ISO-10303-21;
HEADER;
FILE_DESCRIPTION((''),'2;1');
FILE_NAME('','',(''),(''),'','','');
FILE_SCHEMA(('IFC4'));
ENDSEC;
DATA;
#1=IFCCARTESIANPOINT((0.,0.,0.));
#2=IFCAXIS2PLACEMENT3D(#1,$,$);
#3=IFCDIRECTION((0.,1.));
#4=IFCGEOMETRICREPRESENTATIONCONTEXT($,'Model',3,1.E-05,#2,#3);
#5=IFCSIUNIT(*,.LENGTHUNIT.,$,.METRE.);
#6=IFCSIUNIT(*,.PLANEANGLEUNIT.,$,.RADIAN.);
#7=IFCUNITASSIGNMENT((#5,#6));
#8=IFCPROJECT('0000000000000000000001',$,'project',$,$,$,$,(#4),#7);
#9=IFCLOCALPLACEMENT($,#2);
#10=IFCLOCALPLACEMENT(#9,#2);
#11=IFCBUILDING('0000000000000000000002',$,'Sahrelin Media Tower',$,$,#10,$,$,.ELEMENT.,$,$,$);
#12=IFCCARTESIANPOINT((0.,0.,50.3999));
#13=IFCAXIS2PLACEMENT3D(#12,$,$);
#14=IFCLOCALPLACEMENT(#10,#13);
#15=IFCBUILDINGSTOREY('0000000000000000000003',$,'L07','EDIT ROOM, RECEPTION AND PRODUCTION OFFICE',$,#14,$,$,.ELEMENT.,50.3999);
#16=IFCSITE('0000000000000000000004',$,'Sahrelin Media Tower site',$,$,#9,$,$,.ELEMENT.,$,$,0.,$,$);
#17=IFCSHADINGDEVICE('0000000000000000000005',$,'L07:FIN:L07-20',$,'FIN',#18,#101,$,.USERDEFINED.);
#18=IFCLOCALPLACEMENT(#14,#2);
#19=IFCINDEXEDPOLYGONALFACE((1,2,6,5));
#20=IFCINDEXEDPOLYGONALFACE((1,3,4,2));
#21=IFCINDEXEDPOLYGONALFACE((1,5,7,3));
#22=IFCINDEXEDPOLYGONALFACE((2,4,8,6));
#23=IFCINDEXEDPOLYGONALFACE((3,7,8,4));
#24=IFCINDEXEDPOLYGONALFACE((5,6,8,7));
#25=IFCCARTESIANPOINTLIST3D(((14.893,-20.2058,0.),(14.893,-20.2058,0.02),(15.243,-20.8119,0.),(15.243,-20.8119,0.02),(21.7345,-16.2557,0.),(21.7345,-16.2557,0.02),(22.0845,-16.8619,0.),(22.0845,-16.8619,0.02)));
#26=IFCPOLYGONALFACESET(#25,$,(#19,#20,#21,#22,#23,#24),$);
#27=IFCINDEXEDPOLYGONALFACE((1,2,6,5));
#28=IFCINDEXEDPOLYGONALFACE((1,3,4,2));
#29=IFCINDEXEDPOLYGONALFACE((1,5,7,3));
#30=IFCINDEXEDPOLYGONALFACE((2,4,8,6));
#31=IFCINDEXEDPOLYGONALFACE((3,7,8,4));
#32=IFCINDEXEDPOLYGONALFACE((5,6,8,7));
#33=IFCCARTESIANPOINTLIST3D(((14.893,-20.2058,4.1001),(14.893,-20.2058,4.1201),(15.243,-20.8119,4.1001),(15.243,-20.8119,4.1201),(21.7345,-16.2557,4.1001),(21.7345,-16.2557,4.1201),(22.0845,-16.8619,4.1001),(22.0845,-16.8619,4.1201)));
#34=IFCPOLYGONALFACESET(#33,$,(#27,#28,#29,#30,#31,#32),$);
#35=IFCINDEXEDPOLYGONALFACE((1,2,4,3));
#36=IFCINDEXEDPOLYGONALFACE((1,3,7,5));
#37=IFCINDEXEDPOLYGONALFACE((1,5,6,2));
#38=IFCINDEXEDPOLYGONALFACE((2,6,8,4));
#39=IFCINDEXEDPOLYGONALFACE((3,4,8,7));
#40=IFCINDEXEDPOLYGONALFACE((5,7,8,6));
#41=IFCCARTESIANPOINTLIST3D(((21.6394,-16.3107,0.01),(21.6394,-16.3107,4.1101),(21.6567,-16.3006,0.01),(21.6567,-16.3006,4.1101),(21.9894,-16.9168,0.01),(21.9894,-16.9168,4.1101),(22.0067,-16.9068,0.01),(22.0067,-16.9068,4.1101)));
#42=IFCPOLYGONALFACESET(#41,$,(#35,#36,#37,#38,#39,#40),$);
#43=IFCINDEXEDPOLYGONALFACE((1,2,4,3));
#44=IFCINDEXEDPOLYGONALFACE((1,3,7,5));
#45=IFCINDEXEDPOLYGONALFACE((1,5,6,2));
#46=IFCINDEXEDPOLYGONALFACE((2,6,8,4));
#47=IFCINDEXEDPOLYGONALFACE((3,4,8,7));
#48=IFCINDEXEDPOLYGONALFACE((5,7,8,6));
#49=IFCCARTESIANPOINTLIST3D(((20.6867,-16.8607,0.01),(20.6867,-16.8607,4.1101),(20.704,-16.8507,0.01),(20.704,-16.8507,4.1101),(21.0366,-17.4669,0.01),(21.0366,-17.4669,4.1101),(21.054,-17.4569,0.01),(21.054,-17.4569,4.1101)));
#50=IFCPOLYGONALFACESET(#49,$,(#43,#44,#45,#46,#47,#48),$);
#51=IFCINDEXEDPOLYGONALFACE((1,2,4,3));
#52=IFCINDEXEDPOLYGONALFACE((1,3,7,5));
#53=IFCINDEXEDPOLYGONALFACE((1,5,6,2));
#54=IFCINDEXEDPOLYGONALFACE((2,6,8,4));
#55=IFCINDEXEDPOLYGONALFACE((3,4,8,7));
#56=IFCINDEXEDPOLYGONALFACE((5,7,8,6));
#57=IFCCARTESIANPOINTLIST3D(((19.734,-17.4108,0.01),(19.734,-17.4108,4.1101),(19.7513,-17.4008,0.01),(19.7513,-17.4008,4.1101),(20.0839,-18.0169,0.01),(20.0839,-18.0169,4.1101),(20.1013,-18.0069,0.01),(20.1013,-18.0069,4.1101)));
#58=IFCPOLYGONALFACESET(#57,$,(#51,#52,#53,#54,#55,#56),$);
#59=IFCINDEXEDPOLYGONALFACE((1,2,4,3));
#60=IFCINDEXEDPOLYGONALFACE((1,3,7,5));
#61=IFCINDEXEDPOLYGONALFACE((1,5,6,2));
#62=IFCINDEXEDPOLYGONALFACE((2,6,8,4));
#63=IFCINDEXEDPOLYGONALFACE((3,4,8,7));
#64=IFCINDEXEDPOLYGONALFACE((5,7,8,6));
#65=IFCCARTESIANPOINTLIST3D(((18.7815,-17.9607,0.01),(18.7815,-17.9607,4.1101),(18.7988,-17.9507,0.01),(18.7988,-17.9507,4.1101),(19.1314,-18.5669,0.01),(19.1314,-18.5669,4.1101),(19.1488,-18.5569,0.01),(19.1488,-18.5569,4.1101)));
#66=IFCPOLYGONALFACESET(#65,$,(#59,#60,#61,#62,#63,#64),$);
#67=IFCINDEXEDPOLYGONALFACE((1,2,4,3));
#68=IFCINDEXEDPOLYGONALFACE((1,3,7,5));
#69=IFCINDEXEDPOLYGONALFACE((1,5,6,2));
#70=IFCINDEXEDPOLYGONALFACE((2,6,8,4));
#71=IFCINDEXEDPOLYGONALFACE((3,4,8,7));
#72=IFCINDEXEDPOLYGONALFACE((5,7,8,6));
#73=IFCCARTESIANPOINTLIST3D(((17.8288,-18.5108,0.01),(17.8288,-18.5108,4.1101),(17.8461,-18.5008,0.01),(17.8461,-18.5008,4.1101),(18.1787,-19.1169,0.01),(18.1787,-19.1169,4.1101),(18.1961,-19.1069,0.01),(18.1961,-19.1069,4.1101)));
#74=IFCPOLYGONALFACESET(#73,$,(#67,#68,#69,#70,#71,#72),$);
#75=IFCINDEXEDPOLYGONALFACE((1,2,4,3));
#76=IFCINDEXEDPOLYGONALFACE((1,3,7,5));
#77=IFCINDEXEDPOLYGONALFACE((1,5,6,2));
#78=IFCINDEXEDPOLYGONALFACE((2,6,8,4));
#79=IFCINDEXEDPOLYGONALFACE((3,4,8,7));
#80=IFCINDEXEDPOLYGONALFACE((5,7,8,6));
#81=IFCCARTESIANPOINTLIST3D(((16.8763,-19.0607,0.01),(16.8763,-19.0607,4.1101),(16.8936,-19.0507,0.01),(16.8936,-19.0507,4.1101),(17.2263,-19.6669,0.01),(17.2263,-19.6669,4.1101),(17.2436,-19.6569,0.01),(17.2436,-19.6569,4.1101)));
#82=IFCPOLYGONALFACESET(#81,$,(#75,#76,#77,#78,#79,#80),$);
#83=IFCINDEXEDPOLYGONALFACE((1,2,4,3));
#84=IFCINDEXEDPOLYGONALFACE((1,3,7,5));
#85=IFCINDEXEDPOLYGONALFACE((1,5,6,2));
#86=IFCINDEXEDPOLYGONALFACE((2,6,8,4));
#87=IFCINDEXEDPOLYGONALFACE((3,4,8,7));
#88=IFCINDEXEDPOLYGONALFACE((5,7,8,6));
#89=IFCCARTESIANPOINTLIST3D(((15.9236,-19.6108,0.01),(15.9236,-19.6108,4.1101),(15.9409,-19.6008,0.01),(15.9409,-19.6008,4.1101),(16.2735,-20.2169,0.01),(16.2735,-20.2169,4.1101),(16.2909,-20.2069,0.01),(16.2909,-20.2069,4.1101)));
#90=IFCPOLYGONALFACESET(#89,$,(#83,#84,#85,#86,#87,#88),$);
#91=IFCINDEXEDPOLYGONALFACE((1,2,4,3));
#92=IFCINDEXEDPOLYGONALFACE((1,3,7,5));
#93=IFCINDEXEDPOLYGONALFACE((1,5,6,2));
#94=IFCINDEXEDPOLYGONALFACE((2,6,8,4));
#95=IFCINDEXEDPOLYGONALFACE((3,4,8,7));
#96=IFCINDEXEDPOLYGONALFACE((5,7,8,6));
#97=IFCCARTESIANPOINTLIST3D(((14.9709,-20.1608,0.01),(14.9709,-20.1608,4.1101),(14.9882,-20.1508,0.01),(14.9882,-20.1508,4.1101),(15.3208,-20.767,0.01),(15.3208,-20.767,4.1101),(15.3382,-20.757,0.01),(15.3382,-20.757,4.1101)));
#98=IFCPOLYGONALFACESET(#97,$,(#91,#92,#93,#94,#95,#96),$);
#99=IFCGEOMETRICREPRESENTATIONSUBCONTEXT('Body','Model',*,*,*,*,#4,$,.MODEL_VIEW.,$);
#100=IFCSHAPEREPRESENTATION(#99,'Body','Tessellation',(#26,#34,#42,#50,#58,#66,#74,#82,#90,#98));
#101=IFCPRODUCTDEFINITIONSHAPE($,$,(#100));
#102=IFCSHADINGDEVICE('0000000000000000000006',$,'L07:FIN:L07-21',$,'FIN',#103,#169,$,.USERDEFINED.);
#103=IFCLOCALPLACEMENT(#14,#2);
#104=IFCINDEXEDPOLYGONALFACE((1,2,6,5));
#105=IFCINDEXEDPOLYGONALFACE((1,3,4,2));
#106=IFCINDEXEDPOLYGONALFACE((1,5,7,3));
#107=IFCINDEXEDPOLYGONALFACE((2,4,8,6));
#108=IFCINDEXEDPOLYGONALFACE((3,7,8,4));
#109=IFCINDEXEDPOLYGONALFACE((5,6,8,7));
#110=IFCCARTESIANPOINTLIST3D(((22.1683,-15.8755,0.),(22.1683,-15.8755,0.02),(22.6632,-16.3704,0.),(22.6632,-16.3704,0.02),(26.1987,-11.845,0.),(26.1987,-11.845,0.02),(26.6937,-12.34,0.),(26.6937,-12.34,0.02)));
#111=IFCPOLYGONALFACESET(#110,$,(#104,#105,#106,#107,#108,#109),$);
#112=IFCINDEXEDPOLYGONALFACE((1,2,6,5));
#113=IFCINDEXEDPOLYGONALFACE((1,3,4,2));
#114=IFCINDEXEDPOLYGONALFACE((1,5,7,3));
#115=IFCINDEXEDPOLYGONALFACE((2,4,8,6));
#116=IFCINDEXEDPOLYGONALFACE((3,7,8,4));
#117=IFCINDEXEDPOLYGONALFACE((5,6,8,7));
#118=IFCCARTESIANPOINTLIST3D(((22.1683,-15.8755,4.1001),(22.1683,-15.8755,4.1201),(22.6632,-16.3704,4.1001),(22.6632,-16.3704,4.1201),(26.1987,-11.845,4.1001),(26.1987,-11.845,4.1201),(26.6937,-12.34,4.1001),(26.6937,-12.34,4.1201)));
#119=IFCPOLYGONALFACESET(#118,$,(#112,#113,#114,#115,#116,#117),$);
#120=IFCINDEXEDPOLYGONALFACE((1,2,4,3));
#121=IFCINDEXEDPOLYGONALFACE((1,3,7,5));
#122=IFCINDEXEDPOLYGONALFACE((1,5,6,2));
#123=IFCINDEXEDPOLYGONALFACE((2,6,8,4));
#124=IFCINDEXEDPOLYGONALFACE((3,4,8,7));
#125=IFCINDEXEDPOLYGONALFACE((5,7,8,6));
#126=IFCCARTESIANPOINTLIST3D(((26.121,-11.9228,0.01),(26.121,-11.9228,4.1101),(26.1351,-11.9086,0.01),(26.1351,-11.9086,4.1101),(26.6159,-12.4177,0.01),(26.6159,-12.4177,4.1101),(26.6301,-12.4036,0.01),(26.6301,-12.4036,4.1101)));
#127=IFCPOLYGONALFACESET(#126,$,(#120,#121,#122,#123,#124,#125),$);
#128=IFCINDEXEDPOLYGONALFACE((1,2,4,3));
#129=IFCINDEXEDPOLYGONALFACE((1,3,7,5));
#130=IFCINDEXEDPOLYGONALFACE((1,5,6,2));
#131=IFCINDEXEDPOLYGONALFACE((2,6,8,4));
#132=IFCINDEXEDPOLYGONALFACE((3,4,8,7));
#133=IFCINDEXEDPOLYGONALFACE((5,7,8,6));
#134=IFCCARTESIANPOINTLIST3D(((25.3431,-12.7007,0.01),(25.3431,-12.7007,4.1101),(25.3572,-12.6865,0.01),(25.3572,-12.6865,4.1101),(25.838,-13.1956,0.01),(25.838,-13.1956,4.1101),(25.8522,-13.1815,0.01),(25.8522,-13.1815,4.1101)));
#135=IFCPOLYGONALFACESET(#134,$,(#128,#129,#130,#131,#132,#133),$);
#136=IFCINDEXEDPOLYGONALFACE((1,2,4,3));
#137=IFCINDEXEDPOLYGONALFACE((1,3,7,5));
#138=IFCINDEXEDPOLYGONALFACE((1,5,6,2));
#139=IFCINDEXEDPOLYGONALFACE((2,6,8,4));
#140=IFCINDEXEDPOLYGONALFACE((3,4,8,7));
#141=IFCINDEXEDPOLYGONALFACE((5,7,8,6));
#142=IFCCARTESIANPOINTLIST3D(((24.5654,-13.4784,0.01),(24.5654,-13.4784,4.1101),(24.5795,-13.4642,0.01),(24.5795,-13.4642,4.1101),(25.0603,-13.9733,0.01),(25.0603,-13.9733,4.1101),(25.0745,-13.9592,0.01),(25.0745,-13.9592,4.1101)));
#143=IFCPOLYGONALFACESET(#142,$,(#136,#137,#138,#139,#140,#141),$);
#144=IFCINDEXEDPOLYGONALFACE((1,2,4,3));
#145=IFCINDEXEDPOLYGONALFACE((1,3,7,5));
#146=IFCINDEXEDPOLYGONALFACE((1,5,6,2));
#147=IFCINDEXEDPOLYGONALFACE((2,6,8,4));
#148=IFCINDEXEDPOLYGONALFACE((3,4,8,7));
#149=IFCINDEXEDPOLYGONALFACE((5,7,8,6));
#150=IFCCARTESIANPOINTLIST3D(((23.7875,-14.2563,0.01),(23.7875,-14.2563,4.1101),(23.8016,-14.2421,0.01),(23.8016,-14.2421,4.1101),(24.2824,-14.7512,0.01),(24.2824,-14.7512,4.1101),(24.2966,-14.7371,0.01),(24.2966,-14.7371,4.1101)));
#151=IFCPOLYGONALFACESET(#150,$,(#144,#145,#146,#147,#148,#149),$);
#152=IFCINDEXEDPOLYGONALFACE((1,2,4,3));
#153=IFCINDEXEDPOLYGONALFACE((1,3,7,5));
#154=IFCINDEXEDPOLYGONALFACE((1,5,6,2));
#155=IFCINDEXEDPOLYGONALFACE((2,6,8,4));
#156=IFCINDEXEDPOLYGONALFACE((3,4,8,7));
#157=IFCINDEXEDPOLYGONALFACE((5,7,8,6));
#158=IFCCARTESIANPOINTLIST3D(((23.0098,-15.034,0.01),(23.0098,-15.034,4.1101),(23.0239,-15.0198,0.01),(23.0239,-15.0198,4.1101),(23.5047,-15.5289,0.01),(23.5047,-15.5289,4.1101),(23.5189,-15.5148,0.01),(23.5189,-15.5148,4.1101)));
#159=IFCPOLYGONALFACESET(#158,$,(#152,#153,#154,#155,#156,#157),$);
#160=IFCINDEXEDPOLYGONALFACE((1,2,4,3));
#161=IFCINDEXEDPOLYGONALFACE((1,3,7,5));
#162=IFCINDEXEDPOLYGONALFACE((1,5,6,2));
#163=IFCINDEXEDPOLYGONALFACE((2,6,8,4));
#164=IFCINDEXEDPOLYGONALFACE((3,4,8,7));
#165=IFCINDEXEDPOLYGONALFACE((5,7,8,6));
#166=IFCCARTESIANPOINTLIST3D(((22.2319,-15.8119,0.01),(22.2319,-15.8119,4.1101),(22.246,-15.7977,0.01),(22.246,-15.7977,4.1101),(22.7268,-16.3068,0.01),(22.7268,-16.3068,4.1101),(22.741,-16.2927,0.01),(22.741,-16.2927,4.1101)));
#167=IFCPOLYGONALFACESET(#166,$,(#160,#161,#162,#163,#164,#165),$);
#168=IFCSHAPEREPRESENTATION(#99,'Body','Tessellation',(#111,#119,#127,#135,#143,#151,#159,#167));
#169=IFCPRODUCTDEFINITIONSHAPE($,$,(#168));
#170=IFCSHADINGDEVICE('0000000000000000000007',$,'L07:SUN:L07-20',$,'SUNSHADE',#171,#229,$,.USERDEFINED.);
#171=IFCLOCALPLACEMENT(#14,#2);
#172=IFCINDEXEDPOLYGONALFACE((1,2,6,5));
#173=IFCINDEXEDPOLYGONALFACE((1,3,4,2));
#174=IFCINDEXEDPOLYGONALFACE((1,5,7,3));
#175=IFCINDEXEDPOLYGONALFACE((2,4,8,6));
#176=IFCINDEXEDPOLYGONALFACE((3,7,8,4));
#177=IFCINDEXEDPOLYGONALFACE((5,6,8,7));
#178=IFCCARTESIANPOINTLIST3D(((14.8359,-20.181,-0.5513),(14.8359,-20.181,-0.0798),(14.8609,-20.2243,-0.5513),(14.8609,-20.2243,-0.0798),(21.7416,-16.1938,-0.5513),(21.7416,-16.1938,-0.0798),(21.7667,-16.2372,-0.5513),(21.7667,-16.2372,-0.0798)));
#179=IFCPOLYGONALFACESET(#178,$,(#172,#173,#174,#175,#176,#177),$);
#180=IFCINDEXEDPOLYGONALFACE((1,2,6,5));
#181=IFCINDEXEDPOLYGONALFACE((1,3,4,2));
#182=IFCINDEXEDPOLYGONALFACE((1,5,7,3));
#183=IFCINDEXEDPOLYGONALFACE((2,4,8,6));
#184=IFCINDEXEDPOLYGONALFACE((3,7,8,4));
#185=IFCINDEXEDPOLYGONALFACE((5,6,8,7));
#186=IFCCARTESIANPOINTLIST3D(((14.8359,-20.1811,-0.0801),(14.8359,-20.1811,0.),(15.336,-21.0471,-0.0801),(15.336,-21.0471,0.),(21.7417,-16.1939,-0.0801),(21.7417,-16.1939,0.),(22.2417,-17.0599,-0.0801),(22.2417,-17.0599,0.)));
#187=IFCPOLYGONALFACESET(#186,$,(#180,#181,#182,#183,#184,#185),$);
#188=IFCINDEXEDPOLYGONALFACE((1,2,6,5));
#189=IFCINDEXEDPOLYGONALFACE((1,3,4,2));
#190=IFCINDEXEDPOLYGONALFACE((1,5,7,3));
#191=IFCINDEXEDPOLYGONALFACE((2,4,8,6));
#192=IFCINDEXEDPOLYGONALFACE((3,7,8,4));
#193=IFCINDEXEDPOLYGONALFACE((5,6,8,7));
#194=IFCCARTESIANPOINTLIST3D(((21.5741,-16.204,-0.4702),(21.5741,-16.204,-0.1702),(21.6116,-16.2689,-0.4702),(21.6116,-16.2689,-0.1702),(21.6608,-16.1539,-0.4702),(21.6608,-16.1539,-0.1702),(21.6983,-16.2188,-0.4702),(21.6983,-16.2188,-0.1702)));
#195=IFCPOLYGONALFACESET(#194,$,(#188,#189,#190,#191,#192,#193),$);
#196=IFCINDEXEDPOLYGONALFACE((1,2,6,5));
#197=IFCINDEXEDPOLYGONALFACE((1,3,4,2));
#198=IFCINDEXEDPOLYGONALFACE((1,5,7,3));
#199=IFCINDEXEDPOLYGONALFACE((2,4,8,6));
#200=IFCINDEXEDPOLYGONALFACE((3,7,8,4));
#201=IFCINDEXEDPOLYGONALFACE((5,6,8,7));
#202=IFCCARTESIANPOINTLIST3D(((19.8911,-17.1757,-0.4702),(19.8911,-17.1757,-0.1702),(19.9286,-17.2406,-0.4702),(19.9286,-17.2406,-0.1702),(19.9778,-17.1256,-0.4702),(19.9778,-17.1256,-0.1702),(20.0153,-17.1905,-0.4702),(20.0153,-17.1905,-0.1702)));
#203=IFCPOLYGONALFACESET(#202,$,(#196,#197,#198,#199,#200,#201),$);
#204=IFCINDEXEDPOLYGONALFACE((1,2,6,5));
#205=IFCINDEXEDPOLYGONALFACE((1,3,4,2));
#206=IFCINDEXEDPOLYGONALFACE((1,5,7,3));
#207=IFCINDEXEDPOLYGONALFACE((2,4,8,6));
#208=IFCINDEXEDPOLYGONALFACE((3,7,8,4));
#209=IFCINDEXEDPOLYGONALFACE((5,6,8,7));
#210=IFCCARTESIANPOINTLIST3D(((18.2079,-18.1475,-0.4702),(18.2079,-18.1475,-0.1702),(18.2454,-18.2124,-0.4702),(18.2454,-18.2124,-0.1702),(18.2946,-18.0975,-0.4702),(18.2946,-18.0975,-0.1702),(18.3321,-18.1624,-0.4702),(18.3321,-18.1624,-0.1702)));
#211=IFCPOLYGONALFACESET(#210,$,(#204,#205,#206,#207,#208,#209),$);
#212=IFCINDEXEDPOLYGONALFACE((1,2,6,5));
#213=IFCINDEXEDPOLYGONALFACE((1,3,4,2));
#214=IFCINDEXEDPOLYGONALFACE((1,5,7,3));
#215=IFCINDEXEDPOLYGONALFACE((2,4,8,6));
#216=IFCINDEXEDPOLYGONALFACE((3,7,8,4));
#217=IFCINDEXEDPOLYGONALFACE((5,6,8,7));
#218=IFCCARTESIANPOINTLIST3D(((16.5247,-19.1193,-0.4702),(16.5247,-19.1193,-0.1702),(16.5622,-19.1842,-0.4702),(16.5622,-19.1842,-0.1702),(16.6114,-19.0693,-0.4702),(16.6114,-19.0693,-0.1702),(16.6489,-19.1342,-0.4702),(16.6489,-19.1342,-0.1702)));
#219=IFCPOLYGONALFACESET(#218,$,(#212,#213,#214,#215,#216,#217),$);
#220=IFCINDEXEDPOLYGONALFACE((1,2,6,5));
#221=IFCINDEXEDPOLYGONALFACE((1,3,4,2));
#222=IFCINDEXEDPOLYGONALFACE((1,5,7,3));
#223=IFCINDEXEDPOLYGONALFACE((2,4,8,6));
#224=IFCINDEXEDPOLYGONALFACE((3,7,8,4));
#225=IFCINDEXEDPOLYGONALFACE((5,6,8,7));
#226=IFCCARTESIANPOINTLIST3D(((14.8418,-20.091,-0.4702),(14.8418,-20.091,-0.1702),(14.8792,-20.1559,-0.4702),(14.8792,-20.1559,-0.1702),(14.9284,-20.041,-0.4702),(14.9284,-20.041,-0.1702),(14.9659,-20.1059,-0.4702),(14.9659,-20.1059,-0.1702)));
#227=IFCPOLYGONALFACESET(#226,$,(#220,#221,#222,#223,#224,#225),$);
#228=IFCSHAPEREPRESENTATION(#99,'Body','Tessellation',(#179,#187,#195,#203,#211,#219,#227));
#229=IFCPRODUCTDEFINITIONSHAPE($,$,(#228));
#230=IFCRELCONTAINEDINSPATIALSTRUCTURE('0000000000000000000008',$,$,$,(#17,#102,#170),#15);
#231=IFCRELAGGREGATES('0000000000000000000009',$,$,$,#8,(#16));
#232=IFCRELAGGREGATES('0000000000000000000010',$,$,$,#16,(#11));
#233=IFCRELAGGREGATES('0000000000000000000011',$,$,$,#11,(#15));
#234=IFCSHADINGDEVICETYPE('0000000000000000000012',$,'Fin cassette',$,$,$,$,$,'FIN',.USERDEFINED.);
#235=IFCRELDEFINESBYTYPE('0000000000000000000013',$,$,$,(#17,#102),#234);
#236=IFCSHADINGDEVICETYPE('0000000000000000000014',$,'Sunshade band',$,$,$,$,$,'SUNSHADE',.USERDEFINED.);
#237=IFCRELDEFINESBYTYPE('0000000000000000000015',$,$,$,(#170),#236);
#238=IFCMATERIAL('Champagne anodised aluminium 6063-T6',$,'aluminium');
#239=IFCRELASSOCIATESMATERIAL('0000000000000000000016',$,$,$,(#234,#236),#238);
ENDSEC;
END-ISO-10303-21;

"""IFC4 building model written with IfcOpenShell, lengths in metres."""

from ifc_helpers import new_model, si_unit, direction, frame, origin, origin_2d, place, context, subcontext, project, spatial, rectangle, extrude, material, type_object, element, save


model = new_model("IFC4")

# Units and contexts
model_context = context("Model", 3, precision=1e-05, world=origin(), true_north=direction((0.0, 1.0)))
body_context = subcontext(model_context, "Body", "Model", "MODEL_VIEW")
ifc_project = project(units=[si_unit("LENGTHUNIT", "METRE"), si_unit("PLANEANGLEUNIT", "RADIAN")], contexts=[model_context])

# Site, building, storey
site_placement = place(None, origin())
site = spatial("IfcSite", under=ifc_project, at=site_placement, Name="Sahrelin Media Tower site", CompositionType="ELEMENT", RefElevation=0.0)
building_placement = place(site_placement, origin())
building = spatial("IfcBuilding", under=site, at=building_placement, Name="Sahrelin Media Tower", CompositionType="ELEMENT")
storey_placement = place(building_placement, frame((0.0, 0.0, 50.3999)))
storey = spatial("IfcBuildingStorey", under=building, at=storey_placement, Name="L07", Description="EDIT ROOM, RECEPTION AND PRODUCTION OFFICE", CompositionType="ELEMENT", Elevation=50.3999)

# Shared definitions
ifc_material_1 = material(Name="Champagne anodised aluminium 6063-T6", Category="aluminium")

# Shading devices
shading_device_type_1 = type_object("IfcShadingDeviceType", Name="Fin cassette", ElementType="FIN", PredefinedType="USERDEFINED", material=ifc_material_1)
placement_1 = place(storey_placement, frame((18.2788, -18.1702, 0.0), z_axis=(0.0, 0.0, 1.0), x_axis=(-0.866019, -0.500011, 0.0)))
element("IfcShadingDevice", 1, at=placement_1, inside=storey, type_object=shading_device_type_1, Name="L07:FIN:L07-20", ObjectType="FIN", PredefinedType="USERDEFINED", context=body_context, shape_type="SweptSolid", body=[
    extrude(rectangle(XDim=7.8999, YDim=0.7, at=origin_2d()), frame((0.0, 0.4199, 0.0)), (0.0, 0.0, 1.0), 0.02),
    extrude(rectangle(XDim=7.8999, YDim=0.7, at=origin_2d()), frame((0.0, 0.4199, 4.1001)), (0.0, 0.0, 1.0), 0.02),
    extrude(rectangle(XDim=0.02, YDim=0.7, at=origin_2d()), frame((-3.8501, 0.4199, 0.01), z_axis=(0.0, 0.0, 1.0), x_axis=(1.0, 0.0, 0.0)), (0.0, 0.0, 1.0), 4.1001),
    extrude(rectangle(XDim=0.02, YDim=0.7, at=origin_2d()), frame((-2.75, 0.4199, 0.01), z_axis=(0.0, 0.0, 1.0), x_axis=(1.0, 0.0, 0.0)), (0.0, 0.0, 1.0), 4.1001),
    extrude(rectangle(XDim=0.02, YDim=0.7, at=origin_2d()), frame((-1.6499, 0.4199, 0.01), z_axis=(0.0, 0.0, 1.0), x_axis=(1.0, 0.0, 0.0)), (0.0, 0.0, 1.0), 4.1001),
    extrude(rectangle(XDim=0.02, YDim=0.7, at=origin_2d()), frame((-0.55, 0.4199, 0.01), z_axis=(0.0, 0.0, 1.0), x_axis=(1.0, 0.0, 0.0)), (0.0, 0.0, 1.0), 4.1001),
    extrude(rectangle(XDim=0.02, YDim=0.7, at=origin_2d()), frame((0.55, 0.4199, 0.01), z_axis=(0.0, 0.0, 1.0), x_axis=(1.0, 0.0, 0.0)), (0.0, 0.0, 1.0), 4.1001),
    extrude(rectangle(XDim=0.02, YDim=0.7, at=origin_2d()), frame((1.6499, 0.4199, 0.01), z_axis=(0.0, 0.0, 1.0), x_axis=(1.0, 0.0, 0.0)), (0.0, 0.0, 1.0), 4.1001),
    extrude(rectangle(XDim=0.02, YDim=0.7, at=origin_2d()), frame((2.75, 0.4199, 0.01), z_axis=(0.0, 0.0, 1.0), x_axis=(1.0, 0.0, 0.0)), (0.0, 0.0, 1.0), 4.1001),
    extrude(rectangle(XDim=0.02, YDim=0.7, at=origin_2d()), frame((3.8501, 0.4199, 0.01), z_axis=(0.0, 0.0, 1.0), x_axis=(1.0, 0.0, 0.0)), (0.0, 0.0, 1.0), 4.1001),
])
placement_2 = place(storey_placement, frame((24.134, -13.8108, 0.0), z_axis=(0.0, 0.0, 1.0), x_axis=(-0.707107, -0.707107, 0.0)))
element("IfcShadingDevice", 2, at=placement_2, inside=storey, type_object=shading_device_type_1, Name="L07:FIN:L07-21", ObjectType="FIN", PredefinedType="USERDEFINED", context=body_context, shape_type="SweptSolid", body=[
    extrude(rectangle(XDim=5.7, YDim=0.7, at=origin_2d()), frame((0.0, 0.4199, 0.0)), (0.0, 0.0, 1.0), 0.02),
    extrude(rectangle(XDim=5.7, YDim=0.7, at=origin_2d()), frame((0.0, 0.4199, 4.1001)), (0.0, 0.0, 1.0), 0.02),
    extrude(rectangle(XDim=0.02, YDim=0.7, at=origin_2d()), frame((-2.75, 0.4199, 0.01), z_axis=(0.0, 0.0, 1.0), x_axis=(1.0, 0.0, 0.0)), (0.0, 0.0, 1.0), 4.1001),
    extrude(rectangle(XDim=0.02, YDim=0.7, at=origin_2d()), frame((-1.6499, 0.4199, 0.01), z_axis=(0.0, 0.0, 1.0), x_axis=(1.0, 0.0, 0.0)), (0.0, 0.0, 1.0), 4.1001),
    extrude(rectangle(XDim=0.02, YDim=0.7, at=origin_2d()), frame((-0.55, 0.4199, 0.01), z_axis=(0.0, 0.0, 1.0), x_axis=(1.0, 0.0, 0.0)), (0.0, 0.0, 1.0), 4.1001),
    extrude(rectangle(XDim=0.02, YDim=0.7, at=origin_2d()), frame((0.55, 0.4199, 0.01), z_axis=(0.0, 0.0, 1.0), x_axis=(1.0, 0.0, 0.0)), (0.0, 0.0, 1.0), 4.1001),
    extrude(rectangle(XDim=0.02, YDim=0.7, at=origin_2d()), frame((1.6499, 0.4199, 0.01), z_axis=(0.0, 0.0, 1.0), x_axis=(1.0, 0.0, 0.0)), (0.0, 0.0, 1.0), 4.1001),
    extrude(rectangle(XDim=0.02, YDim=0.7, at=origin_2d()), frame((2.75, 0.4199, 0.01), z_axis=(0.0, 0.0, 1.0), x_axis=(1.0, 0.0, 0.0)), (0.0, 0.0, 1.0), 4.1001),
])
shading_device_type_2 = type_object("IfcShadingDeviceType", Name="Sunshade band", ElementType="SUNSHADE", PredefinedType="USERDEFINED", material=ifc_material_1)
element("IfcShadingDevice", 3, at=placement_1, inside=storey, type_object=shading_device_type_2, Name="L07:SUN:L07-20", ObjectType="SUNSHADE", PredefinedType="USERDEFINED", context=body_context, shape_type="SweptSolid", body=[
    extrude(rectangle(XDim=7.9741, YDim=0.05, at=origin_2d()), frame((0.0, 0.0449, -0.5513)), (0.0, 0.0, 1.0), 0.4714),
    extrude(rectangle(XDim=7.9741, YDim=1.0, at=origin_2d()), frame((0.0, 0.52, -0.0801)), (0.0, 0.0, 1.0), 0.0801),
    extrude(rectangle(XDim=0.1001, YDim=0.075, at=origin_2d()), frame((-3.887, -0.0176, -0.4702)), (0.0, 0.0, 1.0), 0.3),
    extrude(rectangle(XDim=0.1001, YDim=0.075, at=origin_2d()), frame((-1.9436, -0.0176, -0.4702)), (0.0, 0.0, 1.0), 0.3),
    extrude(rectangle(XDim=0.1001, YDim=0.075, at=origin_2d()), frame((0.0, -0.0176, -0.4702)), (0.0, 0.0, 1.0), 0.3),
    extrude(rectangle(XDim=0.1001, YDim=0.075, at=origin_2d()), frame((1.9436, -0.0176, -0.4702)), (0.0, 0.0, 1.0), 0.3),
    extrude(rectangle(XDim=0.1001, YDim=0.075, at=origin_2d()), frame((3.887, -0.0176, -0.4702)), (0.0, 0.0, 1.0), 0.3),
])

save(model, "model.ifc")
